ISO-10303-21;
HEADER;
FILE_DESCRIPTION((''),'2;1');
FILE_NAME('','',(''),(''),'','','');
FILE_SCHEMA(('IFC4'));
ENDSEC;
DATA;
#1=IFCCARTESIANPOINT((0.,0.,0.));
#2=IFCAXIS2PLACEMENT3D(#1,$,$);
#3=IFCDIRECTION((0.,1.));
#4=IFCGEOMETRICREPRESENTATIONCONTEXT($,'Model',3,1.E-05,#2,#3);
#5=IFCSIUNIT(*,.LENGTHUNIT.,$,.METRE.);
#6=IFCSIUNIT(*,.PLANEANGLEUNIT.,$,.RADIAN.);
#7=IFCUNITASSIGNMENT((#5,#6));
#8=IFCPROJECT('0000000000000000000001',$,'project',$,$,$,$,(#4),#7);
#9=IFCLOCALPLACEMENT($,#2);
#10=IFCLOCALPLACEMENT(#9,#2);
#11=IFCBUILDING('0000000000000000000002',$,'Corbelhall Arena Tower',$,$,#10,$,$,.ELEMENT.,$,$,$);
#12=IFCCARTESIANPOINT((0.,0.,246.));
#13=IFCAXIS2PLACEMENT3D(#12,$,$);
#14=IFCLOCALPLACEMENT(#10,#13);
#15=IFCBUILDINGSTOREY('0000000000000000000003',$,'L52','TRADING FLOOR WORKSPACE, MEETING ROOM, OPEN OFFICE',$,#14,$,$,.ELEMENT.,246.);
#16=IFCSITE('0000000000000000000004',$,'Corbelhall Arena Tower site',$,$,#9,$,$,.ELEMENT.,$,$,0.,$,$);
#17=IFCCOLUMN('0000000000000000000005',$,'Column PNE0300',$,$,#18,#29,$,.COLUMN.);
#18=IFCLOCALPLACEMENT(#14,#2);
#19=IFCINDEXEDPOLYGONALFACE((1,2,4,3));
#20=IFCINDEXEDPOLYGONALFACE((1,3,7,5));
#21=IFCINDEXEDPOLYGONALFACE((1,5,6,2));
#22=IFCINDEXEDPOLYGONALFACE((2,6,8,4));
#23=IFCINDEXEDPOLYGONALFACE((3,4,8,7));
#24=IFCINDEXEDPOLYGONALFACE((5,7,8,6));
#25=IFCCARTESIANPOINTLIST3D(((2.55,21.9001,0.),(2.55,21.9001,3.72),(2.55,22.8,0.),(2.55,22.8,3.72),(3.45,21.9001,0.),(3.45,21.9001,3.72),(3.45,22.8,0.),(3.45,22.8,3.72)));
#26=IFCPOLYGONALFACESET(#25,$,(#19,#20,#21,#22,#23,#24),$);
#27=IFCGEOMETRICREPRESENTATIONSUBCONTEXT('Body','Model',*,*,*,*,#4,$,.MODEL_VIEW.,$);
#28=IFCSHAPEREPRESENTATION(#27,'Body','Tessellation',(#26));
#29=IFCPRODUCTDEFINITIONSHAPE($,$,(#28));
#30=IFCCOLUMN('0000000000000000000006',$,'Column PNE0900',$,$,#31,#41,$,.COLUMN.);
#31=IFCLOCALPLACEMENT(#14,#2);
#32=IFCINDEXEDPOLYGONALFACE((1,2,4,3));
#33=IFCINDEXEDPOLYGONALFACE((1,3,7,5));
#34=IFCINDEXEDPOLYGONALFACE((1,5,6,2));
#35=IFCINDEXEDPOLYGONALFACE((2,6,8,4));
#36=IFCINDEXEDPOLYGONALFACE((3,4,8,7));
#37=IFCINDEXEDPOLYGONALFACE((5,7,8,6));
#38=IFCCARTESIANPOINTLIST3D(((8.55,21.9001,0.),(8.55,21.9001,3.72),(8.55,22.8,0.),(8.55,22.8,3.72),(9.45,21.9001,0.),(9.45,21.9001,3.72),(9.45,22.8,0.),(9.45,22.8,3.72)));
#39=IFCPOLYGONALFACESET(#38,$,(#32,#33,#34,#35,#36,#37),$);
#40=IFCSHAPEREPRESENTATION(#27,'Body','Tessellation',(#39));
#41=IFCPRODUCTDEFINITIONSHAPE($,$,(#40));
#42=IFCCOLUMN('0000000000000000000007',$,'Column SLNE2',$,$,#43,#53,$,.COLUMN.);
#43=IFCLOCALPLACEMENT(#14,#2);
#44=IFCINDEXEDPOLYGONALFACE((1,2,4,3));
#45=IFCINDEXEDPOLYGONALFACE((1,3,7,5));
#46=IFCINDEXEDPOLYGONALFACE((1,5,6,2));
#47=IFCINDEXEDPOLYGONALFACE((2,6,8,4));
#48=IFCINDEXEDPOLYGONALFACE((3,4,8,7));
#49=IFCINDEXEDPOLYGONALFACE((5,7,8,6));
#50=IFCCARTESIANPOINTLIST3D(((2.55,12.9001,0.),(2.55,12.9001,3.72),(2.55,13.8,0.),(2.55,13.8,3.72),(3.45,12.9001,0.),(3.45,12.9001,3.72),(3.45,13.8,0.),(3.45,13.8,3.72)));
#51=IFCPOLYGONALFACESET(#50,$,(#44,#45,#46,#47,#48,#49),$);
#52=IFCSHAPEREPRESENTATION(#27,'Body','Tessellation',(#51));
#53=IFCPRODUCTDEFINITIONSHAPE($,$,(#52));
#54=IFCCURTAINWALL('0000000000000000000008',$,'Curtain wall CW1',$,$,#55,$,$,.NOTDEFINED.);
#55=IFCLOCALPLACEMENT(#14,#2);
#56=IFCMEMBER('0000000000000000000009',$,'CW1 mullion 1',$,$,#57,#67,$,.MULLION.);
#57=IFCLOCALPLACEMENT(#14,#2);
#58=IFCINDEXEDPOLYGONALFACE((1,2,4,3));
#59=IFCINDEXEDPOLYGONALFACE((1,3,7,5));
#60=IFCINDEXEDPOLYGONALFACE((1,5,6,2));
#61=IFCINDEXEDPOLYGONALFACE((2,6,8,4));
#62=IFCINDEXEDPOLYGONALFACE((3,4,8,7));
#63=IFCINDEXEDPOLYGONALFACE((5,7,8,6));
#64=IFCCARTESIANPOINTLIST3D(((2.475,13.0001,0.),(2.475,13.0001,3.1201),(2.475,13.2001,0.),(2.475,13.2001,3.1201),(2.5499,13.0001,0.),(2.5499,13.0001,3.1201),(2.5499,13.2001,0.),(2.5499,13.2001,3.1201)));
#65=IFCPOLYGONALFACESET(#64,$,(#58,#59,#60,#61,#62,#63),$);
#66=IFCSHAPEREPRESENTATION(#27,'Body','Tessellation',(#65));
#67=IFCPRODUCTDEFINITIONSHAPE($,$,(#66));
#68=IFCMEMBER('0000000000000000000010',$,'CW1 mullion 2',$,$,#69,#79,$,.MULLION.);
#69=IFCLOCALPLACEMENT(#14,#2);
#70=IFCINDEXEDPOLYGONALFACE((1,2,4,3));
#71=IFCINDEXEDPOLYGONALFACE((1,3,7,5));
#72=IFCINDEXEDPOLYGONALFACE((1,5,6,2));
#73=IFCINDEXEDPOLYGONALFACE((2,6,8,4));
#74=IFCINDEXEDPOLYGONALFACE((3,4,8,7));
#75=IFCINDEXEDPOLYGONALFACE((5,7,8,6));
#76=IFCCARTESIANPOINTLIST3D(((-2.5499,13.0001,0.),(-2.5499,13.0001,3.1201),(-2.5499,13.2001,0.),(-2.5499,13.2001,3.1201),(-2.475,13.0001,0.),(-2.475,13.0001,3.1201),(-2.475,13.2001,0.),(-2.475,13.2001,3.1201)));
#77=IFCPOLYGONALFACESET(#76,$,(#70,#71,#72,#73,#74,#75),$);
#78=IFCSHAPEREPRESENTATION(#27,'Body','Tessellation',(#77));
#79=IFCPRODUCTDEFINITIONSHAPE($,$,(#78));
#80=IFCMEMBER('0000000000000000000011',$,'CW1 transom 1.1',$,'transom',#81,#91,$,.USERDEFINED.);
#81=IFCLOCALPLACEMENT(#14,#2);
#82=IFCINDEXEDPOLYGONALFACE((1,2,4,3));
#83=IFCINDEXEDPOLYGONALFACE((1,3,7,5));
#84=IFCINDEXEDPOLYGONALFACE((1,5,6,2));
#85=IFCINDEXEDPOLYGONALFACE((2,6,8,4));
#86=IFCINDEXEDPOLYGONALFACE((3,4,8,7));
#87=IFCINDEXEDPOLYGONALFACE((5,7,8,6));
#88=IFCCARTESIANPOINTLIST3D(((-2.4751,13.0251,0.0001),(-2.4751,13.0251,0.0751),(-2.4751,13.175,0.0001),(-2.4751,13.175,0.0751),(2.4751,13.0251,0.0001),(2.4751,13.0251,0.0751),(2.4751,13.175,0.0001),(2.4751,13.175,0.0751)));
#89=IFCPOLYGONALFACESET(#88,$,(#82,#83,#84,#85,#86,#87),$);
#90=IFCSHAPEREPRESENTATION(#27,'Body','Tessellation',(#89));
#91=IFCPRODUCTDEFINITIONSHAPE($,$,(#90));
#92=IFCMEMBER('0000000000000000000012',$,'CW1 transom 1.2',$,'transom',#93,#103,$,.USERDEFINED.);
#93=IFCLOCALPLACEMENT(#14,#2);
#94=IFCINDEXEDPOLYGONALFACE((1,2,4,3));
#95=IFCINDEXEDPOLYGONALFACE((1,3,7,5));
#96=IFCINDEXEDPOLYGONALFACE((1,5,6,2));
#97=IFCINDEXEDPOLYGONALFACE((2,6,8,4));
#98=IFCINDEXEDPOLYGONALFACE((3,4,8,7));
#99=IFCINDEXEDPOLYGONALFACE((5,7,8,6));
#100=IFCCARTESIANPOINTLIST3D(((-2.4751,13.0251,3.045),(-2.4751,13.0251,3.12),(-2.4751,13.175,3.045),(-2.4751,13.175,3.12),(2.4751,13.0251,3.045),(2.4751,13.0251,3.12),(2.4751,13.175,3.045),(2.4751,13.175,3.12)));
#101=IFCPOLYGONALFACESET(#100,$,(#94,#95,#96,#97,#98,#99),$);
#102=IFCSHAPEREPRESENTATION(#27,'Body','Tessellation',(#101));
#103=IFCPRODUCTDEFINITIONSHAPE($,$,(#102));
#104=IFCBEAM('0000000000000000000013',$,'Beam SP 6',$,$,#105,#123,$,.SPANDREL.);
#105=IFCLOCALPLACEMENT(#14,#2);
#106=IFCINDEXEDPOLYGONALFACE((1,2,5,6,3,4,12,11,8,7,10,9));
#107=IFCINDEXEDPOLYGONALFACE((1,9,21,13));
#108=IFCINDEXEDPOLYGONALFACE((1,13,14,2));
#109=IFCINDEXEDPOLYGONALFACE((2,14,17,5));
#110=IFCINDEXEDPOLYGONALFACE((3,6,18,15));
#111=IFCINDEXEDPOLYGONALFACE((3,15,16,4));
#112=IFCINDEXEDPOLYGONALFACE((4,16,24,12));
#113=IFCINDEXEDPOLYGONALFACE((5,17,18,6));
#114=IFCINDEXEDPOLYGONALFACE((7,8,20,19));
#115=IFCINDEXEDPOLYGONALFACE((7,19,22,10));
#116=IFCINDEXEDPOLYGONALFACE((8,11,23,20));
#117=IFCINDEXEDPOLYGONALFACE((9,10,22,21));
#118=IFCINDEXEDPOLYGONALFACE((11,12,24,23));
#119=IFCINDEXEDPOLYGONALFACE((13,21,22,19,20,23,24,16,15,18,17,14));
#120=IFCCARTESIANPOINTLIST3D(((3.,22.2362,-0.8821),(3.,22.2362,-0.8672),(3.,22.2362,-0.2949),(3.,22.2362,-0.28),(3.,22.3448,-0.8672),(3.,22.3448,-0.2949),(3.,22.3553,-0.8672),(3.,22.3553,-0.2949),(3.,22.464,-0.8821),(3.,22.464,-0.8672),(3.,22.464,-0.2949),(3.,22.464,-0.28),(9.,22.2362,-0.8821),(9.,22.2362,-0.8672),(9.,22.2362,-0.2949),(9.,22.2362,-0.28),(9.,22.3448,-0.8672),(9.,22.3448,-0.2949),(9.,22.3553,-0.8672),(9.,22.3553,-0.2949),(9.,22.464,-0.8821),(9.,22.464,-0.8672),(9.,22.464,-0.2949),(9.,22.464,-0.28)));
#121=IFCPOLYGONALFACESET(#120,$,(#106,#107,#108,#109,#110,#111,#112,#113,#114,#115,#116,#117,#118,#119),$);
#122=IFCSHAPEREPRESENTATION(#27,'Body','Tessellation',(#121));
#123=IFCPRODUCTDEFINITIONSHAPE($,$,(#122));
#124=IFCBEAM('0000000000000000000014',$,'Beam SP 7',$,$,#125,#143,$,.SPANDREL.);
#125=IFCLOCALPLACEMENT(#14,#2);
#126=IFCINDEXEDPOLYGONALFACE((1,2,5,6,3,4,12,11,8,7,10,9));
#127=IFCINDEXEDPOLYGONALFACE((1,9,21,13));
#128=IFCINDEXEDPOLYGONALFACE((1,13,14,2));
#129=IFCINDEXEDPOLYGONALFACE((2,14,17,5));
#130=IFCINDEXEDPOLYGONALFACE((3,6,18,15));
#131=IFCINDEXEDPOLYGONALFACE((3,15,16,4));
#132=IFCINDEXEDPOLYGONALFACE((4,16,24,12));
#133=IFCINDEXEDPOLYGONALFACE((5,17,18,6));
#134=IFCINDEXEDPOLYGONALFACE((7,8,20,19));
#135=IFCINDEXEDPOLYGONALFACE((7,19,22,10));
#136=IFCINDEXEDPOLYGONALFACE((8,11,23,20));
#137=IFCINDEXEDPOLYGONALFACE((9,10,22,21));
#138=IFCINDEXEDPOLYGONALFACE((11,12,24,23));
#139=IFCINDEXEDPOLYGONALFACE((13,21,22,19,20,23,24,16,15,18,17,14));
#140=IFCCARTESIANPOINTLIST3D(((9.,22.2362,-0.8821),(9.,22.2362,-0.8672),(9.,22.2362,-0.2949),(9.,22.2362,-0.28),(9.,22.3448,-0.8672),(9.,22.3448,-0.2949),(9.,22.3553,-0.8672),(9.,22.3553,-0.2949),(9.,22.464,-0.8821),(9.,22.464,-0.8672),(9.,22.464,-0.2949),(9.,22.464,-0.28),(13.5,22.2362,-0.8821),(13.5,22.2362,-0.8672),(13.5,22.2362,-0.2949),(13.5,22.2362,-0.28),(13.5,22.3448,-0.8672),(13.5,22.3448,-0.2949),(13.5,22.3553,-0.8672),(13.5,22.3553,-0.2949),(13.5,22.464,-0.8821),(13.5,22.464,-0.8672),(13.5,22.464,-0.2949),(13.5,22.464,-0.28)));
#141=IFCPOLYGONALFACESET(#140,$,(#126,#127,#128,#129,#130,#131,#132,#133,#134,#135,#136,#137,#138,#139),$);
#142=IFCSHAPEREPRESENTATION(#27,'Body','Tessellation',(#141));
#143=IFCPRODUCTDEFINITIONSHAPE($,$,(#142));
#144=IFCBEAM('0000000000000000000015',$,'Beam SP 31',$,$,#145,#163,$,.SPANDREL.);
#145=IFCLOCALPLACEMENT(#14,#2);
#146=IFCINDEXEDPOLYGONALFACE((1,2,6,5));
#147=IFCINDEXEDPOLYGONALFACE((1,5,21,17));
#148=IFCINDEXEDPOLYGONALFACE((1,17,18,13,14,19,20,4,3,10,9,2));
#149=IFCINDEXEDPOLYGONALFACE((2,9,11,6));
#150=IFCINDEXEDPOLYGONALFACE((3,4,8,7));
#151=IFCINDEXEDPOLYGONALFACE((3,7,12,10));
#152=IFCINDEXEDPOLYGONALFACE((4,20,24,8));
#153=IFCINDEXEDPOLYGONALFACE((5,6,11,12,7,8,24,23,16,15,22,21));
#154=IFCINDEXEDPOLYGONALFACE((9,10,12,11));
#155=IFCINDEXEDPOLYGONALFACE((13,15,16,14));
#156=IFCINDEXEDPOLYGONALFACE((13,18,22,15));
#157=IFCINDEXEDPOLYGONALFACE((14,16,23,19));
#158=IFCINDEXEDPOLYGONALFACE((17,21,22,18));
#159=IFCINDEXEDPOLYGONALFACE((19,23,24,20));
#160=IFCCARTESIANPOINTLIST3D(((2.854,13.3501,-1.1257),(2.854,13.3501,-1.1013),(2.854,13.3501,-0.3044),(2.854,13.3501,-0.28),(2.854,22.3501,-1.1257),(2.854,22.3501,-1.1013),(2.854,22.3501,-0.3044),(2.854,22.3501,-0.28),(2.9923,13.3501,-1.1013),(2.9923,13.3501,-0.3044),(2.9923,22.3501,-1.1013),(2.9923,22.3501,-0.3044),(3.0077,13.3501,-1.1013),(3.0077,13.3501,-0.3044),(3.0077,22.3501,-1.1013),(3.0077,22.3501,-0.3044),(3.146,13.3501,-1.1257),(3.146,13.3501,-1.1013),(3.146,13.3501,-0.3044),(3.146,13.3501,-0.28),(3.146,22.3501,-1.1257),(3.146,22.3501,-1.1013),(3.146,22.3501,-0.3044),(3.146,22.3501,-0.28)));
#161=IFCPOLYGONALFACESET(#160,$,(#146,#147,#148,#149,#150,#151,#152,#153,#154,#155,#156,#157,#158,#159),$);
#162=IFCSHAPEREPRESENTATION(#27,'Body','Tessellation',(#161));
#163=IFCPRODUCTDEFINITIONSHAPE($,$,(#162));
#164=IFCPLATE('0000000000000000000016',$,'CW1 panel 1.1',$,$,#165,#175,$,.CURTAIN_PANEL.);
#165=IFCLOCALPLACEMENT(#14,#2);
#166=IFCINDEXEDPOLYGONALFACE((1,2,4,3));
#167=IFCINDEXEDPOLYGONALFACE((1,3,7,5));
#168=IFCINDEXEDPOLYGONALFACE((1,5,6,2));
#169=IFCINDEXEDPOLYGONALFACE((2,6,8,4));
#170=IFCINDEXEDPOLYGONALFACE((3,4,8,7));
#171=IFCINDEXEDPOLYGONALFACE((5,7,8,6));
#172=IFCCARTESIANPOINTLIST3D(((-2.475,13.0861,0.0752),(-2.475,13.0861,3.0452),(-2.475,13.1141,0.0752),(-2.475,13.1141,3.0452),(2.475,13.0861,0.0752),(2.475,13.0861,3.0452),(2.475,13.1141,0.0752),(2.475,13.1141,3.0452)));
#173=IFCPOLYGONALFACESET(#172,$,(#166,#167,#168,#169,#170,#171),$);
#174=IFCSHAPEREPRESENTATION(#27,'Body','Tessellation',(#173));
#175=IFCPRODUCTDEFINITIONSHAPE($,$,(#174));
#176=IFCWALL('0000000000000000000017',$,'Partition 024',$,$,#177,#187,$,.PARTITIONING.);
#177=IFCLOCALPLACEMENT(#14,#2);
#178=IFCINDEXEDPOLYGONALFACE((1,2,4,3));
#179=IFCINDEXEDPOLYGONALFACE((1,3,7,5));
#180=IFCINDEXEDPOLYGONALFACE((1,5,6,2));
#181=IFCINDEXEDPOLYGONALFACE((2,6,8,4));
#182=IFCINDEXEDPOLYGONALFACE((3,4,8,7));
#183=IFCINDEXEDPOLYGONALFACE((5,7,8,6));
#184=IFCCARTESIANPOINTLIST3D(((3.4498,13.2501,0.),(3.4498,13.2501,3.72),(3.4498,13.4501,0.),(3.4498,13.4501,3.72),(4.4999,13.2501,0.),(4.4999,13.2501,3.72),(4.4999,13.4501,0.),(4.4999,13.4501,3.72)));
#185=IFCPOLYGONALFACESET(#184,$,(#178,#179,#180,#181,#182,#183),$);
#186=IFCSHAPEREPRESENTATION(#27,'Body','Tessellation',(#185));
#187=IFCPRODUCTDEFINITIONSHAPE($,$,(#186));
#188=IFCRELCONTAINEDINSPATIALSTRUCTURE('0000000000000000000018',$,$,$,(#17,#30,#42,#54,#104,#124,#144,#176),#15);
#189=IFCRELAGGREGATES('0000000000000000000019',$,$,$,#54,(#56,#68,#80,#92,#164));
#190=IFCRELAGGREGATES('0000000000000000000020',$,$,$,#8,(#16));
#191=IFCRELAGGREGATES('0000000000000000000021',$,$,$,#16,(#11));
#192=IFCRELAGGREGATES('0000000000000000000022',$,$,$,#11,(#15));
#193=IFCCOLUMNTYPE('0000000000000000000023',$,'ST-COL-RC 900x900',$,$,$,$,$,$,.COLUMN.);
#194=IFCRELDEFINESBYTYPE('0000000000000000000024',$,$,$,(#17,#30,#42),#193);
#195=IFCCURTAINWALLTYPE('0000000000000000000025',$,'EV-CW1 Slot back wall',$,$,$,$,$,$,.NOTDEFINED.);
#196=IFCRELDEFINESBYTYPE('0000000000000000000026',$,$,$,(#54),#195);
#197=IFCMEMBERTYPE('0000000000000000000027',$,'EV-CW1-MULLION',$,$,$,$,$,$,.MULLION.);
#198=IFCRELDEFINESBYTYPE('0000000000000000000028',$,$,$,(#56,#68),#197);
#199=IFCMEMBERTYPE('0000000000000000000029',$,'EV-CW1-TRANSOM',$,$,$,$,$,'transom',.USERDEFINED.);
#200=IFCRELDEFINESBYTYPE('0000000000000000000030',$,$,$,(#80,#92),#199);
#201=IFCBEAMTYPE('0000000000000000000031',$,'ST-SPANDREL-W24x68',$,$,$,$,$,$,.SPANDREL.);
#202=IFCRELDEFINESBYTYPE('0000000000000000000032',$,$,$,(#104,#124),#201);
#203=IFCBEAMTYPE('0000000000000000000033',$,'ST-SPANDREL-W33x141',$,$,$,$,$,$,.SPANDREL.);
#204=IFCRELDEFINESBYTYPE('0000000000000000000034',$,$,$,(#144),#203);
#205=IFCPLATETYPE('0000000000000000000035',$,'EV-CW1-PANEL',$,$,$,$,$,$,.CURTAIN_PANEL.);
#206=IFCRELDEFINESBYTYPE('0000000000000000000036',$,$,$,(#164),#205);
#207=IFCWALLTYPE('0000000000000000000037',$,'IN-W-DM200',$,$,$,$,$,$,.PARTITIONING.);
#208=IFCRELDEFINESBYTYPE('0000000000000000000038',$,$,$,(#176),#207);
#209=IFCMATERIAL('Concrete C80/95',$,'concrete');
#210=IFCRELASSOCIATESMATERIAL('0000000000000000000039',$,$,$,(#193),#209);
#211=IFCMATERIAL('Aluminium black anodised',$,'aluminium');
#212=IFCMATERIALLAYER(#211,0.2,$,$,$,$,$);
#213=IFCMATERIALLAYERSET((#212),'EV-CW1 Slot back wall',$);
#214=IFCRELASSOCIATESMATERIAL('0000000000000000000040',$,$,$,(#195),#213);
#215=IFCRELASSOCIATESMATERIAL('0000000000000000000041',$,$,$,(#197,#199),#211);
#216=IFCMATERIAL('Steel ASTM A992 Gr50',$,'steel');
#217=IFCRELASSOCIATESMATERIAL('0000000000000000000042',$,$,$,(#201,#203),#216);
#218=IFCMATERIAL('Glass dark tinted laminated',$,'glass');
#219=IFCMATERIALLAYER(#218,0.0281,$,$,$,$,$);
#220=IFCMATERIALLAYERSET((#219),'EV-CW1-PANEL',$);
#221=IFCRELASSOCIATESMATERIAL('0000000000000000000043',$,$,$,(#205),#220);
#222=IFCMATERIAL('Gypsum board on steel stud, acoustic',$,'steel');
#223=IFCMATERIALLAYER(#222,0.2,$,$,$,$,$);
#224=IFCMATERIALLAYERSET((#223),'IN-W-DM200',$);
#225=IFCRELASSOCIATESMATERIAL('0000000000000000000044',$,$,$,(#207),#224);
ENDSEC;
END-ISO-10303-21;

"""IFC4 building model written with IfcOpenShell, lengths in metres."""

from ifc_helpers import new_model, si_unit, direction, frame, frame_2d, origin, origin_2d, place, context, subcontext, project, spatial, rectangle, i_section, extrude, material, layer, layer_set, material_profile, profile_set, type_object, element, aggregate, save


model = new_model("IFC4")

# Units and contexts
model_context = context("Model", 3, precision=1e-05, world=origin(), true_north=direction((0.0, 1.0)))
body_context = subcontext(model_context, "Body", "Model", "MODEL_VIEW")
ifc_project = project(units=[si_unit("LENGTHUNIT", "METRE"), si_unit("PLANEANGLEUNIT", "RADIAN")], contexts=[model_context])

# Site, building, storey
site_placement = place(None, origin())
site = spatial("IfcSite", under=ifc_project, at=site_placement, Name="Corbelhall Arena Tower site", CompositionType="ELEMENT", RefElevation=0.0)
building_placement = place(site_placement, origin())
building = spatial("IfcBuilding", under=site, at=building_placement, Name="Corbelhall Arena Tower", CompositionType="ELEMENT")
storey_placement = place(building_placement, frame((0.0, 0.0, 246.0)))
storey = spatial("IfcBuildingStorey", under=building, at=storey_placement, Name="L52", Description="TRADING FLOOR WORKSPACE, MEETING ROOM, OPEN OFFICE", CompositionType="ELEMENT", Elevation=246.0)

# Columns
ifc_material_1 = material(Name="Concrete C80/95", Category="concrete")
ifc_material_profile_1 = material_profile(ifc_material_1, rectangle(XDim=0.8999, YDim=0.8999, at=origin_2d()))
ifc_profile_set_1 = profile_set([ifc_material_profile_1], Name="Concrete C80/95")
column_type = type_object("IfcColumnType", Name="ST-COL-RC 900x900", PredefinedType="COLUMN", material=ifc_profile_set_1)
for number, where, z_axis, x_axis, name in (
    (1, (3.0, 22.3501, 0.0), (0.0, 0.0, 1.0), (1.0, 0.0, 0.0), "Column PNE0300"),
    (2, (9.0, 22.3501, 0.0), (0.0, 0.0, 1.0), (1.0, 0.0, 0.0), "Column PNE0900"),
    (3, (3.0, 13.3501, 0.0), (0.0, 0.0, 1.0), (1.0, 0.0, 0.0), "Column SLNE2"),
):
    element("IfcColumn", number, at=place(storey_placement, frame(where, z_axis=z_axis, x_axis=x_axis)), inside=storey, type_object=column_type, Name=name, PredefinedType="COLUMN", context=body_context, shape_type="SweptSolid", body=[
        extrude(rectangle(XDim=0.8999, YDim=0.8999, at=origin_2d()), origin(), (0.0, 0.0, 1.0), 3.72),
    ])

# Curtain wall, members
ifc_material_2 = material(Name="Aluminium black anodised", Category="aluminium")
ifc_layer_1 = layer(ifc_material_2, 0.2)
ifc_layer_set_1 = layer_set([ifc_layer_1], Name="EV-CW1 Slot back wall")
curtain_wall_type = type_object("IfcCurtainWallType", Name="EV-CW1 Slot back wall", PredefinedType="NOTDEFINED", material=ifc_layer_set_1)
curtain_wall_placement = place(storey_placement, origin())
curtain_wall = element("IfcCurtainWall", 4, at=curtain_wall_placement, inside=storey, type_object=curtain_wall_type, Name="Curtain wall CW1", PredefinedType="NOTDEFINED")
ifc_material_profile_2 = material_profile(ifc_material_2, rectangle(XDim=0.2, YDim=0.075, at=origin_2d()))
ifc_profile_set_2 = profile_set([ifc_material_profile_2], Name="Aluminium black anodised")
member_type_1 = type_object("IfcMemberType", Name="EV-CW1-MULLION", PredefinedType="MULLION", material=ifc_profile_set_2)
member_1_placement = place(storey_placement, frame((2.5125, 13.1001, 0.0), z_axis=(0.0, 0.0, 1.0), x_axis=(0.0, -1.0, 0.0)))
member_1 = element("IfcMember", 5, at=member_1_placement, type_object=member_type_1, Name="CW1 mullion 1", PredefinedType="MULLION", context=body_context, shape_type="SweptSolid", body=[
    extrude(rectangle(XDim=0.2, YDim=0.075, at=origin_2d()), origin(), (0.0, 0.0, 1.0), 3.1201),
])
member_2_placement = place(storey_placement, frame((-2.5125, 13.1001, 0.0), z_axis=(0.0, 0.0, 1.0), x_axis=(0.0, -1.0, 0.0)))
member_2 = element("IfcMember", 6, at=member_2_placement, type_object=member_type_1, Name="CW1 mullion 2", PredefinedType="MULLION", context=body_context, shape_type="SweptSolid", body=[
    extrude(rectangle(XDim=0.2, YDim=0.075, at=origin_2d()), origin(), (0.0, 0.0, 1.0), 3.1201),
])
ifc_material_profile_3 = material_profile(ifc_material_2, rectangle(XDim=0.1499, YDim=0.075, at=origin_2d()))
ifc_profile_set_3 = profile_set([ifc_material_profile_3], Name="Aluminium black anodised")
member_type_2 = type_object("IfcMemberType", Name="EV-CW1-TRANSOM", ElementType="transom", PredefinedType="USERDEFINED", material=ifc_profile_set_3)
member_3_placement = place(storey_placement, frame((2.4751, 13.1001, 0.0376), z_axis=(-1.0, 0.0, 0.0), x_axis=(0.0, -1.0, 0.0)))
member_3 = element("IfcMember", 7, at=member_3_placement, type_object=member_type_2, Name="CW1 transom 1.1", ObjectType="transom", PredefinedType="USERDEFINED", context=body_context, shape_type="SweptSolid", body=[
    extrude(rectangle(XDim=0.1499, YDim=0.075, at=origin_2d()), origin(), (0.0, 0.0, 1.0), 4.9502),
])
member_4_placement = place(storey_placement, frame((2.4751, 13.1001, 3.0825), z_axis=(-1.0, 0.0, 0.0), x_axis=(0.0, -1.0, 0.0)))
member_4 = element("IfcMember", 8, at=member_4_placement, type_object=member_type_2, Name="CW1 transom 1.2", ObjectType="transom", PredefinedType="USERDEFINED", context=body_context, shape_type="SweptSolid", body=[
    extrude(rectangle(XDim=0.1499, YDim=0.075, at=origin_2d()), origin(), (0.0, 0.0, 1.0), 4.9502),
])

# Beams
ifc_material_3 = material(Name="Steel ASTM A992 Gr50", Category="steel")
ifc_material_profile_4 = material_profile(ifc_material_3, i_section(OverallWidth=0.2278, OverallDepth=0.6021, WebThickness=0.0105, FlangeThickness=0.0149, at=origin_2d()))
ifc_profile_set_4 = profile_set([ifc_material_profile_4], Name="Steel ASTM A992 Gr50")
beam_type_1 = type_object("IfcBeamType", Name="ST-SPANDREL-W24x68", PredefinedType="SPANDREL", material=ifc_profile_set_4)
beam_1_placement = place(storey_placement, frame((3.0, 22.3501, -0.5811), z_axis=(1.0, 0.0, 0.0), x_axis=(0.0, 1.0, 0.0)))
element("IfcBeam", 9, at=beam_1_placement, inside=storey, type_object=beam_type_1, Name="Beam SP 6", PredefinedType="SPANDREL", context=body_context, shape_type="SweptSolid", body=[
    extrude(i_section(OverallWidth=0.2278, OverallDepth=0.6021, WebThickness=0.0105, FlangeThickness=0.0149, at=origin_2d()), origin(), (0.0, 0.0, 1.0), 6.0),
])
beam_2_placement = place(storey_placement, frame((9.0, 22.3501, -0.5811), z_axis=(1.0, 0.0, 0.0), x_axis=(0.0, 1.0, 0.0)))
element("IfcBeam", 10, at=beam_2_placement, inside=storey, type_object=beam_type_1, Name="Beam SP 7", PredefinedType="SPANDREL", context=body_context, shape_type="SweptSolid", body=[
    extrude(i_section(OverallWidth=0.2278, OverallDepth=0.6021, WebThickness=0.0105, FlangeThickness=0.0149, at=origin_2d()), origin(), (0.0, 0.0, 1.0), 4.5),
])
ifc_material_profile_5 = material_profile(ifc_material_3, i_section(OverallWidth=0.292, OverallDepth=0.8457, WebThickness=0.0154, FlangeThickness=0.0244, at=origin_2d()))
ifc_profile_set_5 = profile_set([ifc_material_profile_5], Name="Steel ASTM A992 Gr50")
beam_type_2 = type_object("IfcBeamType", Name="ST-SPANDREL-W33x141", PredefinedType="SPANDREL", material=ifc_profile_set_5)
beam_3_placement = place(storey_placement, frame((3.0, 13.3501, -0.7029), z_axis=(0.0, 1.0, 0.0), x_axis=(-1.0, 0.0, 0.0)))
element("IfcBeam", 11, at=beam_3_placement, inside=storey, type_object=beam_type_2, Name="Beam SP 31", PredefinedType="SPANDREL", context=body_context, shape_type="SweptSolid", body=[
    extrude(i_section(OverallWidth=0.292, OverallDepth=0.8457, WebThickness=0.0154, FlangeThickness=0.0244, at=origin_2d()), origin(), (0.0, 0.0, 1.0), 9.0),
])

# Plate
ifc_material_4 = material(Name="Glass dark tinted laminated", Category="glass")
ifc_layer_2 = layer(ifc_material_4, 0.0281)
ifc_layer_set_2 = layer_set([ifc_layer_2], Name="EV-CW1-PANEL")
plate_type = type_object("IfcPlateType", Name="EV-CW1-PANEL", PredefinedType="CURTAIN_PANEL", material=ifc_layer_set_2)
plate_placement = place(storey_placement, frame((0.0, 13.1001, 0.0752), z_axis=(0.0, 0.0, 1.0), x_axis=(-1.0, 0.0, 0.0)))
plate = element("IfcPlate", 12, at=plate_placement, type_object=plate_type, Name="CW1 panel 1.1", PredefinedType="CURTAIN_PANEL", context=body_context, shape_type="SweptSolid", body=[
    extrude(rectangle(XDim=4.95, YDim=0.0281, at=origin_2d()), origin(), (0.0, 0.0, 1.0), 2.97),
])
aggregate(curtain_wall, [member_1, member_2, member_3, member_4, plate])

# Wall
ifc_material_5 = material(Name="Gypsum board on steel stud, acoustic", Category="steel")
ifc_layer_3 = layer(ifc_material_5, 0.2)
ifc_layer_set_3 = layer_set([ifc_layer_3], Name="IN-W-DM200")
wall_type_1 = type_object("IfcWallType", Name="IN-W-DM200", PredefinedType="PARTITIONING", material=ifc_layer_set_3)
wall_1_placement = place(storey_placement, frame((3.45, 13.3501, 0.0), z_axis=(0.0, 0.0, 1.0), x_axis=(1.0, 0.0, 0.0)))
element("IfcWall", 13, at=wall_1_placement, inside=storey, type_object=wall_type_1, Name="Partition 024", PredefinedType="PARTITIONING", context=body_context, shape_type="SweptSolid", body=[
    extrude(rectangle(XDim=1.05, YDim=0.2, at=frame_2d((0.5249, 0.0))), origin(), (0.0, 0.0, 1.0), 3.72),
])

save(model, "model.ifc")
